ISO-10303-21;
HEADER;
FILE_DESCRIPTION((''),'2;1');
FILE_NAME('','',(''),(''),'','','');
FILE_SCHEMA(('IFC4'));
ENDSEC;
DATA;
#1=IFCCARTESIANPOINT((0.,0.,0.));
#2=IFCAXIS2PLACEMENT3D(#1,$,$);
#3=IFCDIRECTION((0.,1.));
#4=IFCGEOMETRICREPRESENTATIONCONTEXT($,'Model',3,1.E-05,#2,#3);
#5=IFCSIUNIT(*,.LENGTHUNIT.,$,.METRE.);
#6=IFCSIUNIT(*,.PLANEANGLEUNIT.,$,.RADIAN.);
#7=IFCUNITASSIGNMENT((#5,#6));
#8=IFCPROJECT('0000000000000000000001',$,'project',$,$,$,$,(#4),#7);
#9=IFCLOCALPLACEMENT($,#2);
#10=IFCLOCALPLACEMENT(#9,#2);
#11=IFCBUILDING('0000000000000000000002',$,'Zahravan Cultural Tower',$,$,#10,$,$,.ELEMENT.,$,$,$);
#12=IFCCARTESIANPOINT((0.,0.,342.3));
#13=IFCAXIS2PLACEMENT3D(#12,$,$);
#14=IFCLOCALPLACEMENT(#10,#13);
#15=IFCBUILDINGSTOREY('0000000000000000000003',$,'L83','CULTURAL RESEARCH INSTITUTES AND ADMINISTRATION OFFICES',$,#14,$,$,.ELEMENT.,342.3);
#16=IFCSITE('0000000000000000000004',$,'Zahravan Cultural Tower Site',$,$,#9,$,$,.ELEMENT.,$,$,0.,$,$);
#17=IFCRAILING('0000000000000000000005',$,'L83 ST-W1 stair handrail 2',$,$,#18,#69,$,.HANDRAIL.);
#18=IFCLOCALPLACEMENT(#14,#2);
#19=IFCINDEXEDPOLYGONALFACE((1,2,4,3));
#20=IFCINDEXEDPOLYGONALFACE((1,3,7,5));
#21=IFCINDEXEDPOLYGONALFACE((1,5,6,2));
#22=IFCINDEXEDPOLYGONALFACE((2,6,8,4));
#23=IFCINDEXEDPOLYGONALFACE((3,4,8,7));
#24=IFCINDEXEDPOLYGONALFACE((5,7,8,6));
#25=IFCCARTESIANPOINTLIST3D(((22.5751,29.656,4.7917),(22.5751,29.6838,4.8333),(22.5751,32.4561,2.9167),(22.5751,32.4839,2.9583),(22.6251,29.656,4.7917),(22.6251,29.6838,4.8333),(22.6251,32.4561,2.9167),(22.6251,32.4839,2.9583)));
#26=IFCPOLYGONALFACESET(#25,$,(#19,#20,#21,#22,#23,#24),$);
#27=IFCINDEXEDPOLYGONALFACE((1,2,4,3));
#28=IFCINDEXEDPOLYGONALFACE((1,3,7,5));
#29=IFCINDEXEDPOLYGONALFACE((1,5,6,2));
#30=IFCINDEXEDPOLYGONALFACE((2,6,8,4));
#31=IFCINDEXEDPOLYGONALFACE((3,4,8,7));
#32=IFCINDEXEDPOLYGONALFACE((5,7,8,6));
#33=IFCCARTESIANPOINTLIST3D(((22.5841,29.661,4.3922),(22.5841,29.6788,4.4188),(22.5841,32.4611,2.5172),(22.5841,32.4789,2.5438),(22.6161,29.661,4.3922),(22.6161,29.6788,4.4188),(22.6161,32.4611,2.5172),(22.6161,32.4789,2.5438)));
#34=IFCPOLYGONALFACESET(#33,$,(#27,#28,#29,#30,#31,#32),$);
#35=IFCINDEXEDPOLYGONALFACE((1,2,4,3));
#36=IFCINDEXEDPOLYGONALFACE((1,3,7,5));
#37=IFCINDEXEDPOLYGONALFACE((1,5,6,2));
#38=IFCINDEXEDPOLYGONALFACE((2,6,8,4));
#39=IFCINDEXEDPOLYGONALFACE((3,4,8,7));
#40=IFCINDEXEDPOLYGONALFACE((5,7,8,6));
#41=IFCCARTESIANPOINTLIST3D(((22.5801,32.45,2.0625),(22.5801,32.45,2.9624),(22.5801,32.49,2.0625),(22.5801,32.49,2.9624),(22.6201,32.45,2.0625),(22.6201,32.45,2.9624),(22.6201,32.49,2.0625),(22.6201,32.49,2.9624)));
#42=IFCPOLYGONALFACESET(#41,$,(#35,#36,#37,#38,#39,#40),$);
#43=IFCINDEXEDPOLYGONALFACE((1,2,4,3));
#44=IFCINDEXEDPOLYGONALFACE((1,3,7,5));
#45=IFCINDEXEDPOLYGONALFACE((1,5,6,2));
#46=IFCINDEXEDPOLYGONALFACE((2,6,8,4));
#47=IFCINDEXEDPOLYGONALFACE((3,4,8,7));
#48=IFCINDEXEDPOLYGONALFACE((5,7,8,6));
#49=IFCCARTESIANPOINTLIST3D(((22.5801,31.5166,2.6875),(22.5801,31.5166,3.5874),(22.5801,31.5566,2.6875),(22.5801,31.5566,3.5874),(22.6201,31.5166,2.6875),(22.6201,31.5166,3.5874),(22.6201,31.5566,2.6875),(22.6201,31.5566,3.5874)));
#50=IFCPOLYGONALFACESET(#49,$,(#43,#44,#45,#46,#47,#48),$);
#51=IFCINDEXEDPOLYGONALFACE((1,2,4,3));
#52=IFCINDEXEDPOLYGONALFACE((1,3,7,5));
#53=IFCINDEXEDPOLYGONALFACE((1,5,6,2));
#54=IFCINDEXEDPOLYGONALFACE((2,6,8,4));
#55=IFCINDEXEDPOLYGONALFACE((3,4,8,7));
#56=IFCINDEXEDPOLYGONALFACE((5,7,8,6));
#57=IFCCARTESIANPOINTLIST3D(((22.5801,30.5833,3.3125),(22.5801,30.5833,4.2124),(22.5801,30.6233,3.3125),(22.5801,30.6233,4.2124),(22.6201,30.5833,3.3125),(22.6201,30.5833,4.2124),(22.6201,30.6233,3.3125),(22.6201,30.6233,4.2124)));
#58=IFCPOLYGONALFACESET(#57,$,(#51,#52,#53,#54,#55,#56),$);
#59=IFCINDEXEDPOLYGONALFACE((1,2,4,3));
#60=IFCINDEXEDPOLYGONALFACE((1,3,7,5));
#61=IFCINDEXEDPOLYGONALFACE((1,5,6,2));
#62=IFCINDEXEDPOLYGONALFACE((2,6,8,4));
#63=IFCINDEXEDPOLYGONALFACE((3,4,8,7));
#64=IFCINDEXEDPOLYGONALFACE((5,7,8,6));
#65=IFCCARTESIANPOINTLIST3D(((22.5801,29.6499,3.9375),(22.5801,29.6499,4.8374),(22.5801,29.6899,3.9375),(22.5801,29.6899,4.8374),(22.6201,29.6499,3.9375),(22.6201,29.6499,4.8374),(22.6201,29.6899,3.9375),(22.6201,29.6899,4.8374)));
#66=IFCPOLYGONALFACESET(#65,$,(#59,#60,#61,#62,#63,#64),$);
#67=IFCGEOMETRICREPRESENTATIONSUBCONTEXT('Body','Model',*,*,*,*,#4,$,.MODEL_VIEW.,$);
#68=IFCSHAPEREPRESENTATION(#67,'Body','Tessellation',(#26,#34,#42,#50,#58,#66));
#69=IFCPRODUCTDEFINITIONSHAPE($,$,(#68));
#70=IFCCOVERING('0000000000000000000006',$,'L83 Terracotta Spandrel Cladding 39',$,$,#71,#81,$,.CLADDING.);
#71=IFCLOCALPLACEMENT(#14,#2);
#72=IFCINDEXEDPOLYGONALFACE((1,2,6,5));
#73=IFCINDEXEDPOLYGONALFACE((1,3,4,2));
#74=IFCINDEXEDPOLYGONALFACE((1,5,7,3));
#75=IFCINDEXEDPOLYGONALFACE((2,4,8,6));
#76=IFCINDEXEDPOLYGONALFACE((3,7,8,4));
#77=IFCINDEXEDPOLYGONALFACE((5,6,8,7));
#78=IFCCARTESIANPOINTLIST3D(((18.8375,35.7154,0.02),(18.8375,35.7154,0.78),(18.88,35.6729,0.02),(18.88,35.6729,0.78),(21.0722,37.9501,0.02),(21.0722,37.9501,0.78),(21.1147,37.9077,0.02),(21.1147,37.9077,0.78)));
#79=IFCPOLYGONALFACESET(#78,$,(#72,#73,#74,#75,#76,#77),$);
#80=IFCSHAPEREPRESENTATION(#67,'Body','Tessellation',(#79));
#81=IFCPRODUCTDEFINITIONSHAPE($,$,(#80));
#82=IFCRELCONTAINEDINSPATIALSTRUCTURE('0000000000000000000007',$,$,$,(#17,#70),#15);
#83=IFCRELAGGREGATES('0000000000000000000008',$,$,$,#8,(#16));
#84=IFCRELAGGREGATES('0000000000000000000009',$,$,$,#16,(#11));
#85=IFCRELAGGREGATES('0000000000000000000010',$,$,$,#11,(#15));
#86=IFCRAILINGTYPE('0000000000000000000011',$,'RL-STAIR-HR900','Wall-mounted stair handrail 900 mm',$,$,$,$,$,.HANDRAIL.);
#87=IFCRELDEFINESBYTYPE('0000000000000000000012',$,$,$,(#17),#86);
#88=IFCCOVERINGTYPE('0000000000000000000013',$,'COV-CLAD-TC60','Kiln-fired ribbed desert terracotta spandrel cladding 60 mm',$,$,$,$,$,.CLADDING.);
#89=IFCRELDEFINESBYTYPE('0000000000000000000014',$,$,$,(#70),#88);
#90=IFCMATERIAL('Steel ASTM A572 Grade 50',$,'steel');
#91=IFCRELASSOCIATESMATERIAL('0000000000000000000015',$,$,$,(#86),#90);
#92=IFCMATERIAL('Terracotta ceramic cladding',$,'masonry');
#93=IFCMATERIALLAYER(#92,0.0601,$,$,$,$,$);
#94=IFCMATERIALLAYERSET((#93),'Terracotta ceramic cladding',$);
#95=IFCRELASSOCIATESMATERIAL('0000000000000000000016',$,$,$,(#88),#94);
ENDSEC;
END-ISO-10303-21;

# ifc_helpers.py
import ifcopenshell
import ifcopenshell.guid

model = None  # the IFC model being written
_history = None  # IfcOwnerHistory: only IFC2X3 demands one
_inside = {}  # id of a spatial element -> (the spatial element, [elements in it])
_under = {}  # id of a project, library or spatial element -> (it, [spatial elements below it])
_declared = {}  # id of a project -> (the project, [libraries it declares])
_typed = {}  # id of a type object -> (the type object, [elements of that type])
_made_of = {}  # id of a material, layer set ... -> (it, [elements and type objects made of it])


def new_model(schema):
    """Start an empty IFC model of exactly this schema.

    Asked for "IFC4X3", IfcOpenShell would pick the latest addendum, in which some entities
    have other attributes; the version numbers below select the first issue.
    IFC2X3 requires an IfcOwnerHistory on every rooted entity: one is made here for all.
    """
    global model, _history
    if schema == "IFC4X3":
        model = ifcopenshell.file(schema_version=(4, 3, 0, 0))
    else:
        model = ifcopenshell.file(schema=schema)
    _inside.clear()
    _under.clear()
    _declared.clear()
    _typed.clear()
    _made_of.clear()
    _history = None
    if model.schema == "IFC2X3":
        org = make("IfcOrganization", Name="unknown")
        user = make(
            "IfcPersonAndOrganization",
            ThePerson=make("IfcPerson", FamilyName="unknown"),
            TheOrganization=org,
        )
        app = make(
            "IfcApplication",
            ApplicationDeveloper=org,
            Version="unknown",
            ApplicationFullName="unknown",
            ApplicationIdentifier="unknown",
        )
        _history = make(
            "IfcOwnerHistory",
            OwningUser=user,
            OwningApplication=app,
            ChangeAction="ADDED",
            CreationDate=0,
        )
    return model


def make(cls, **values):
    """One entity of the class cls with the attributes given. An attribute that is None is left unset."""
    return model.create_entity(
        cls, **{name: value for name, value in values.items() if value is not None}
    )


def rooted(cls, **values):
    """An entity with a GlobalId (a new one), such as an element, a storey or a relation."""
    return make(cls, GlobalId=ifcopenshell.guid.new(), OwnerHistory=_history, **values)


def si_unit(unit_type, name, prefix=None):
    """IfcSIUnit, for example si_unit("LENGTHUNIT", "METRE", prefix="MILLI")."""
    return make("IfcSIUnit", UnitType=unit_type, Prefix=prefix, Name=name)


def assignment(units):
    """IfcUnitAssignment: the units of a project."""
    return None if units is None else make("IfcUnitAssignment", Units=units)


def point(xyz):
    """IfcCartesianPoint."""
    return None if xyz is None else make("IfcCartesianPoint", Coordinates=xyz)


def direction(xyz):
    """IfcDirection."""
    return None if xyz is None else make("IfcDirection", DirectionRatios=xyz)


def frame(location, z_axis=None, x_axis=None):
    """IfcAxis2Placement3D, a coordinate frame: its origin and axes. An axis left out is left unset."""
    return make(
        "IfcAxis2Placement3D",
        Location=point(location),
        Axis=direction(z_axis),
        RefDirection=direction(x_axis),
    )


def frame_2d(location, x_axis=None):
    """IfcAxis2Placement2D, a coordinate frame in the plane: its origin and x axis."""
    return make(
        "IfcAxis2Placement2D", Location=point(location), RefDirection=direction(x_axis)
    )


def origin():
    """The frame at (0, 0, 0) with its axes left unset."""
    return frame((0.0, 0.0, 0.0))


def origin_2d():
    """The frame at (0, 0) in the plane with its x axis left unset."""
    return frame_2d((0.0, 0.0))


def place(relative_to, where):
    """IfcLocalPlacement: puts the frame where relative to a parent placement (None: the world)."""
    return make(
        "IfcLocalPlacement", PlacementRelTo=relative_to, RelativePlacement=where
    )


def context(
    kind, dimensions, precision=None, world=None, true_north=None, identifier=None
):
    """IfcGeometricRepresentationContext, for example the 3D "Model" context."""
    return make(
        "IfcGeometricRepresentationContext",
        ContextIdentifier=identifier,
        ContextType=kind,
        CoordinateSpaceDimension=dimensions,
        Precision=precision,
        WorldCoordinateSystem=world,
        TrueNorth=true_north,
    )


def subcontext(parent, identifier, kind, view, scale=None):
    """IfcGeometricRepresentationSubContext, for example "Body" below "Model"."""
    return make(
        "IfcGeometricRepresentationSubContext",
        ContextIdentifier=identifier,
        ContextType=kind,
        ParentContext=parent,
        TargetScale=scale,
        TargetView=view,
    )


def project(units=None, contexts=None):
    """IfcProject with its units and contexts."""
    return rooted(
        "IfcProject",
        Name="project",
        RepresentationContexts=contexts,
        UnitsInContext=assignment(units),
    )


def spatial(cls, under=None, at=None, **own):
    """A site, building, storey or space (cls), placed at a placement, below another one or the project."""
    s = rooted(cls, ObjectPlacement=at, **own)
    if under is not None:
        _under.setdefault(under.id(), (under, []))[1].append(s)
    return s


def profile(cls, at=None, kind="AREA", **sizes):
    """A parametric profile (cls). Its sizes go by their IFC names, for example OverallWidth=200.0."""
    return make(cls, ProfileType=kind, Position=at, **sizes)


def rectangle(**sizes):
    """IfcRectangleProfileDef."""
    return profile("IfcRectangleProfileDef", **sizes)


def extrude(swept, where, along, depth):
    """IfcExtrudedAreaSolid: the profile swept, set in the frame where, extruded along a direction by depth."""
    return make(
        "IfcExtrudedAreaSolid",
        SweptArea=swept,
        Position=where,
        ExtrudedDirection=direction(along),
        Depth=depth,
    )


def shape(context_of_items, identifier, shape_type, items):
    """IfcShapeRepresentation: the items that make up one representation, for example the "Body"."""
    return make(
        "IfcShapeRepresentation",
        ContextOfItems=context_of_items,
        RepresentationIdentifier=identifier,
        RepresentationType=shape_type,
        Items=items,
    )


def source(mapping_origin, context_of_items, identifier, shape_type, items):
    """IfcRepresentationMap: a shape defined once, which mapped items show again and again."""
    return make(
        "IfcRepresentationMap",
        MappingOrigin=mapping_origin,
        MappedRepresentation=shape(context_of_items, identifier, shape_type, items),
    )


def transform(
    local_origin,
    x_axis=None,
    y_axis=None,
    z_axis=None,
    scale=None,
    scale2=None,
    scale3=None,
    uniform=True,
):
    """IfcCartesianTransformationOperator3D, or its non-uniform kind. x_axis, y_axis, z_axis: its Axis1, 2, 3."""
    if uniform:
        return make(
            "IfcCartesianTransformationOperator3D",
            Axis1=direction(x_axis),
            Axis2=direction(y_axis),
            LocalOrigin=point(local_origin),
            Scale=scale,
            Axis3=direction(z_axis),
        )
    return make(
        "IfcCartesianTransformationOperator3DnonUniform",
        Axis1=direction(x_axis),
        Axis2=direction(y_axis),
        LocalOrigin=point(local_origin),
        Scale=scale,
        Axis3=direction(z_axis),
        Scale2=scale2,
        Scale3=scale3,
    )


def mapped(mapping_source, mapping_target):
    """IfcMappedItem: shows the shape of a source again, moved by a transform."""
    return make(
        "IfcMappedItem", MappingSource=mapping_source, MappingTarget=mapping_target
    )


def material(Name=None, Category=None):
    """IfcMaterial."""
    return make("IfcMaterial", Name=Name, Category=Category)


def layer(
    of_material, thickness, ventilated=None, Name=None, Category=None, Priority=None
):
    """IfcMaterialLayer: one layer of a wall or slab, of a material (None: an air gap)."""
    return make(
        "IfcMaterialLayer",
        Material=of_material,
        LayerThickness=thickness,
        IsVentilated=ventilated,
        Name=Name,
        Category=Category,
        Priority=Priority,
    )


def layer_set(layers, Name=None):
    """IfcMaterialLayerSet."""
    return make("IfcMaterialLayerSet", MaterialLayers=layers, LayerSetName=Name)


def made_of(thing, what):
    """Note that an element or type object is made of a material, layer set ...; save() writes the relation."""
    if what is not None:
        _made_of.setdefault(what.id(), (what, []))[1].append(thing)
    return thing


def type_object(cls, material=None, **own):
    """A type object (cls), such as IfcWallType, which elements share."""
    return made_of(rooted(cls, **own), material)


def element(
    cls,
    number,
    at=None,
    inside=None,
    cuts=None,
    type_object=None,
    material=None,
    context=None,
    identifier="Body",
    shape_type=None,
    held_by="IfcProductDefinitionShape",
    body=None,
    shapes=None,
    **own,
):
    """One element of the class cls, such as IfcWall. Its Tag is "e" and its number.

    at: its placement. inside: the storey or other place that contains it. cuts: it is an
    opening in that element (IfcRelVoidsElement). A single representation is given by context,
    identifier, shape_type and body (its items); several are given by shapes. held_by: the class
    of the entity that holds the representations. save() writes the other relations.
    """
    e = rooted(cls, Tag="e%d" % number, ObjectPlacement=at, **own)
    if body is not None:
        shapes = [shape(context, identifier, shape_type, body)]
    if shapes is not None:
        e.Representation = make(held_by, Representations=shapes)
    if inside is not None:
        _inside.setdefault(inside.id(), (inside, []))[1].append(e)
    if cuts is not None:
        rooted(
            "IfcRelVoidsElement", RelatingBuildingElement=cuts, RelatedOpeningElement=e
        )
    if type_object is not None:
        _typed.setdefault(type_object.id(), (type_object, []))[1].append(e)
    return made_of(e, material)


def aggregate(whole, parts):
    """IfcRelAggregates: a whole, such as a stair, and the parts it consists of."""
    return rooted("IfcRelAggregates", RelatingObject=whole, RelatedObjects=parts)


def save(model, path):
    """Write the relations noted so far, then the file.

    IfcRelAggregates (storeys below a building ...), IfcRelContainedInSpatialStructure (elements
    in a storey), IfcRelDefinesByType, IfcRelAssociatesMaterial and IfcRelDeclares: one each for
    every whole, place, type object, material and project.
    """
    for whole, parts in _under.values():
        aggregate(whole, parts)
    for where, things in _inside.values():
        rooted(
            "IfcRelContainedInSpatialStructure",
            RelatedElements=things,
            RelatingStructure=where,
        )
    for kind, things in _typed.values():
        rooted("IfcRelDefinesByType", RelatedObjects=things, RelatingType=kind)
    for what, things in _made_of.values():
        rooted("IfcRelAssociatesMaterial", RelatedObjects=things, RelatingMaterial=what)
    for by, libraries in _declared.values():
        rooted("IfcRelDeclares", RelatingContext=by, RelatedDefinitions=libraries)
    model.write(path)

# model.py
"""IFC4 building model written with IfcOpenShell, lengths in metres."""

from ifc_helpers import new_model, si_unit, direction, frame, origin, origin_2d, place, context, subcontext, project, spatial, rectangle, extrude, source, transform, mapped, material, layer, layer_set, type_object, element, save


model = new_model("IFC4")

# Units and contexts
model_context = context("Model", 3, precision=1e-05, world=origin(), true_north=direction((0.0, 1.0)))
body_context = subcontext(model_context, "Body", "Model", "MODEL_VIEW")
ifc_project = project(units=[si_unit("LENGTHUNIT", "METRE"), si_unit("PLANEANGLEUNIT", "RADIAN")], contexts=[model_context])

# Site, building, storey
site_placement = place(None, origin())
site = spatial("IfcSite", under=ifc_project, at=site_placement, Name="Zahravan Cultural Tower Site", CompositionType="ELEMENT", RefElevation=0.0)
building_placement = place(site_placement, origin())
building = spatial("IfcBuilding", under=site, at=building_placement, Name="Zahravan Cultural Tower", CompositionType="ELEMENT")
storey_placement = place(building_placement, frame((0.0, 0.0, 342.3)))
storey = spatial("IfcBuildingStorey", under=building, at=storey_placement, Name="L83", Description="CULTURAL RESEARCH INSTITUTES AND ADMINISTRATION OFFICES", CompositionType="ELEMENT", Elevation=342.3)

# Railing
ifc_material_1 = material(Name="Steel ASTM A572 Grade 50", Category="steel")
railing_type_1 = type_object("IfcRailingType", Name="RL-STAIR-HR900", Description="Wall-mounted stair handrail 900 mm", PredefinedType="HANDRAIL", material=ifc_material_1)
railing_1_placement = place(storey_placement, frame((22.6001, 32.47, 2.0625)))
element("IfcRailing", 1, at=railing_1_placement, inside=storey, type_object=railing_type_1, Name="L83 ST-W1 stair handrail 2", PredefinedType="HANDRAIL", context=body_context, shape_type="SweptSolid", body=[
    extrude(rectangle(XDim=0.05, YDim=0.05, at=origin_2d()), frame((0.0, 0.0, 0.875), z_axis=(0.0, -0.830912, 0.556404), x_axis=(1.0, 0.0, 0.0)), (0.0, 0.0, 1.0), 3.3699),
    extrude(rectangle(XDim=0.032, YDim=0.032, at=origin_2d()), frame((0.0, 0.0, 0.468), z_axis=(0.0, -0.830912, 0.556404), x_axis=(1.0, 0.0, 0.0)), (0.0, 0.0, 1.0), 3.3699),
    extrude(rectangle(XDim=0.04, YDim=0.04, at=origin_2d()), origin(), (0.0, 0.0, 1.0), 0.8999),
    extrude(rectangle(XDim=0.04, YDim=0.04, at=origin_2d()), frame((0.0, -0.9333, 0.625)), (0.0, 0.0, 1.0), 0.8999),
    extrude(rectangle(XDim=0.04, YDim=0.04, at=origin_2d()), frame((0.0, -1.8667, 1.25)), (0.0, 0.0, 1.0), 0.8999),
    extrude(rectangle(XDim=0.04, YDim=0.04, at=origin_2d()), frame((0.0, -2.8, 1.875)), (0.0, 0.0, 1.0), 0.8999),
])

# Covering
ifc_material_2 = material(Name="Terracotta ceramic cladding", Category="masonry")
ifc_layer_1 = layer(ifc_material_2, 0.0601)
ifc_layer_set_1 = layer_set([ifc_layer_1], Name="Terracotta ceramic cladding")
covering_type = type_object("IfcCoveringType", Name="COV-CLAD-TC60", Description="Kiln-fired ribbed desert terracotta spandrel cladding 60 mm", PredefinedType="CLADDING", material=ifc_layer_set_1)
shared_shape_1 = source(origin(), body_context, "Body", "SweptSolid", [
    extrude(rectangle(XDim=3.1604, YDim=0.0601, at=origin_2d()), origin(), (0.0, 0.0, 1.0), 0.76),
])
covering_placement = place(storey_placement, frame((19.9761, 36.8115, 0.02), z_axis=(0.0, 0.0, 1.0), x_axis=(0.707094, 0.707119, 0.0)))
element("IfcCovering", 2, at=covering_placement, inside=storey, type_object=covering_type, Name="L83 Terracotta Spandrel Cladding 39", PredefinedType="CLADDING", context=body_context, shape_type="MappedRepresentation", body=[
    mapped(shared_shape_1, transform((0.0, 0.0, 0.0), x_axis=(1.0, 0.0, 0.0), y_axis=(0.0, 1.0, 0.0), z_axis=(0.0, 0.0, 1.0), scale=1.0)),
])

save(model, "model.ifc")
